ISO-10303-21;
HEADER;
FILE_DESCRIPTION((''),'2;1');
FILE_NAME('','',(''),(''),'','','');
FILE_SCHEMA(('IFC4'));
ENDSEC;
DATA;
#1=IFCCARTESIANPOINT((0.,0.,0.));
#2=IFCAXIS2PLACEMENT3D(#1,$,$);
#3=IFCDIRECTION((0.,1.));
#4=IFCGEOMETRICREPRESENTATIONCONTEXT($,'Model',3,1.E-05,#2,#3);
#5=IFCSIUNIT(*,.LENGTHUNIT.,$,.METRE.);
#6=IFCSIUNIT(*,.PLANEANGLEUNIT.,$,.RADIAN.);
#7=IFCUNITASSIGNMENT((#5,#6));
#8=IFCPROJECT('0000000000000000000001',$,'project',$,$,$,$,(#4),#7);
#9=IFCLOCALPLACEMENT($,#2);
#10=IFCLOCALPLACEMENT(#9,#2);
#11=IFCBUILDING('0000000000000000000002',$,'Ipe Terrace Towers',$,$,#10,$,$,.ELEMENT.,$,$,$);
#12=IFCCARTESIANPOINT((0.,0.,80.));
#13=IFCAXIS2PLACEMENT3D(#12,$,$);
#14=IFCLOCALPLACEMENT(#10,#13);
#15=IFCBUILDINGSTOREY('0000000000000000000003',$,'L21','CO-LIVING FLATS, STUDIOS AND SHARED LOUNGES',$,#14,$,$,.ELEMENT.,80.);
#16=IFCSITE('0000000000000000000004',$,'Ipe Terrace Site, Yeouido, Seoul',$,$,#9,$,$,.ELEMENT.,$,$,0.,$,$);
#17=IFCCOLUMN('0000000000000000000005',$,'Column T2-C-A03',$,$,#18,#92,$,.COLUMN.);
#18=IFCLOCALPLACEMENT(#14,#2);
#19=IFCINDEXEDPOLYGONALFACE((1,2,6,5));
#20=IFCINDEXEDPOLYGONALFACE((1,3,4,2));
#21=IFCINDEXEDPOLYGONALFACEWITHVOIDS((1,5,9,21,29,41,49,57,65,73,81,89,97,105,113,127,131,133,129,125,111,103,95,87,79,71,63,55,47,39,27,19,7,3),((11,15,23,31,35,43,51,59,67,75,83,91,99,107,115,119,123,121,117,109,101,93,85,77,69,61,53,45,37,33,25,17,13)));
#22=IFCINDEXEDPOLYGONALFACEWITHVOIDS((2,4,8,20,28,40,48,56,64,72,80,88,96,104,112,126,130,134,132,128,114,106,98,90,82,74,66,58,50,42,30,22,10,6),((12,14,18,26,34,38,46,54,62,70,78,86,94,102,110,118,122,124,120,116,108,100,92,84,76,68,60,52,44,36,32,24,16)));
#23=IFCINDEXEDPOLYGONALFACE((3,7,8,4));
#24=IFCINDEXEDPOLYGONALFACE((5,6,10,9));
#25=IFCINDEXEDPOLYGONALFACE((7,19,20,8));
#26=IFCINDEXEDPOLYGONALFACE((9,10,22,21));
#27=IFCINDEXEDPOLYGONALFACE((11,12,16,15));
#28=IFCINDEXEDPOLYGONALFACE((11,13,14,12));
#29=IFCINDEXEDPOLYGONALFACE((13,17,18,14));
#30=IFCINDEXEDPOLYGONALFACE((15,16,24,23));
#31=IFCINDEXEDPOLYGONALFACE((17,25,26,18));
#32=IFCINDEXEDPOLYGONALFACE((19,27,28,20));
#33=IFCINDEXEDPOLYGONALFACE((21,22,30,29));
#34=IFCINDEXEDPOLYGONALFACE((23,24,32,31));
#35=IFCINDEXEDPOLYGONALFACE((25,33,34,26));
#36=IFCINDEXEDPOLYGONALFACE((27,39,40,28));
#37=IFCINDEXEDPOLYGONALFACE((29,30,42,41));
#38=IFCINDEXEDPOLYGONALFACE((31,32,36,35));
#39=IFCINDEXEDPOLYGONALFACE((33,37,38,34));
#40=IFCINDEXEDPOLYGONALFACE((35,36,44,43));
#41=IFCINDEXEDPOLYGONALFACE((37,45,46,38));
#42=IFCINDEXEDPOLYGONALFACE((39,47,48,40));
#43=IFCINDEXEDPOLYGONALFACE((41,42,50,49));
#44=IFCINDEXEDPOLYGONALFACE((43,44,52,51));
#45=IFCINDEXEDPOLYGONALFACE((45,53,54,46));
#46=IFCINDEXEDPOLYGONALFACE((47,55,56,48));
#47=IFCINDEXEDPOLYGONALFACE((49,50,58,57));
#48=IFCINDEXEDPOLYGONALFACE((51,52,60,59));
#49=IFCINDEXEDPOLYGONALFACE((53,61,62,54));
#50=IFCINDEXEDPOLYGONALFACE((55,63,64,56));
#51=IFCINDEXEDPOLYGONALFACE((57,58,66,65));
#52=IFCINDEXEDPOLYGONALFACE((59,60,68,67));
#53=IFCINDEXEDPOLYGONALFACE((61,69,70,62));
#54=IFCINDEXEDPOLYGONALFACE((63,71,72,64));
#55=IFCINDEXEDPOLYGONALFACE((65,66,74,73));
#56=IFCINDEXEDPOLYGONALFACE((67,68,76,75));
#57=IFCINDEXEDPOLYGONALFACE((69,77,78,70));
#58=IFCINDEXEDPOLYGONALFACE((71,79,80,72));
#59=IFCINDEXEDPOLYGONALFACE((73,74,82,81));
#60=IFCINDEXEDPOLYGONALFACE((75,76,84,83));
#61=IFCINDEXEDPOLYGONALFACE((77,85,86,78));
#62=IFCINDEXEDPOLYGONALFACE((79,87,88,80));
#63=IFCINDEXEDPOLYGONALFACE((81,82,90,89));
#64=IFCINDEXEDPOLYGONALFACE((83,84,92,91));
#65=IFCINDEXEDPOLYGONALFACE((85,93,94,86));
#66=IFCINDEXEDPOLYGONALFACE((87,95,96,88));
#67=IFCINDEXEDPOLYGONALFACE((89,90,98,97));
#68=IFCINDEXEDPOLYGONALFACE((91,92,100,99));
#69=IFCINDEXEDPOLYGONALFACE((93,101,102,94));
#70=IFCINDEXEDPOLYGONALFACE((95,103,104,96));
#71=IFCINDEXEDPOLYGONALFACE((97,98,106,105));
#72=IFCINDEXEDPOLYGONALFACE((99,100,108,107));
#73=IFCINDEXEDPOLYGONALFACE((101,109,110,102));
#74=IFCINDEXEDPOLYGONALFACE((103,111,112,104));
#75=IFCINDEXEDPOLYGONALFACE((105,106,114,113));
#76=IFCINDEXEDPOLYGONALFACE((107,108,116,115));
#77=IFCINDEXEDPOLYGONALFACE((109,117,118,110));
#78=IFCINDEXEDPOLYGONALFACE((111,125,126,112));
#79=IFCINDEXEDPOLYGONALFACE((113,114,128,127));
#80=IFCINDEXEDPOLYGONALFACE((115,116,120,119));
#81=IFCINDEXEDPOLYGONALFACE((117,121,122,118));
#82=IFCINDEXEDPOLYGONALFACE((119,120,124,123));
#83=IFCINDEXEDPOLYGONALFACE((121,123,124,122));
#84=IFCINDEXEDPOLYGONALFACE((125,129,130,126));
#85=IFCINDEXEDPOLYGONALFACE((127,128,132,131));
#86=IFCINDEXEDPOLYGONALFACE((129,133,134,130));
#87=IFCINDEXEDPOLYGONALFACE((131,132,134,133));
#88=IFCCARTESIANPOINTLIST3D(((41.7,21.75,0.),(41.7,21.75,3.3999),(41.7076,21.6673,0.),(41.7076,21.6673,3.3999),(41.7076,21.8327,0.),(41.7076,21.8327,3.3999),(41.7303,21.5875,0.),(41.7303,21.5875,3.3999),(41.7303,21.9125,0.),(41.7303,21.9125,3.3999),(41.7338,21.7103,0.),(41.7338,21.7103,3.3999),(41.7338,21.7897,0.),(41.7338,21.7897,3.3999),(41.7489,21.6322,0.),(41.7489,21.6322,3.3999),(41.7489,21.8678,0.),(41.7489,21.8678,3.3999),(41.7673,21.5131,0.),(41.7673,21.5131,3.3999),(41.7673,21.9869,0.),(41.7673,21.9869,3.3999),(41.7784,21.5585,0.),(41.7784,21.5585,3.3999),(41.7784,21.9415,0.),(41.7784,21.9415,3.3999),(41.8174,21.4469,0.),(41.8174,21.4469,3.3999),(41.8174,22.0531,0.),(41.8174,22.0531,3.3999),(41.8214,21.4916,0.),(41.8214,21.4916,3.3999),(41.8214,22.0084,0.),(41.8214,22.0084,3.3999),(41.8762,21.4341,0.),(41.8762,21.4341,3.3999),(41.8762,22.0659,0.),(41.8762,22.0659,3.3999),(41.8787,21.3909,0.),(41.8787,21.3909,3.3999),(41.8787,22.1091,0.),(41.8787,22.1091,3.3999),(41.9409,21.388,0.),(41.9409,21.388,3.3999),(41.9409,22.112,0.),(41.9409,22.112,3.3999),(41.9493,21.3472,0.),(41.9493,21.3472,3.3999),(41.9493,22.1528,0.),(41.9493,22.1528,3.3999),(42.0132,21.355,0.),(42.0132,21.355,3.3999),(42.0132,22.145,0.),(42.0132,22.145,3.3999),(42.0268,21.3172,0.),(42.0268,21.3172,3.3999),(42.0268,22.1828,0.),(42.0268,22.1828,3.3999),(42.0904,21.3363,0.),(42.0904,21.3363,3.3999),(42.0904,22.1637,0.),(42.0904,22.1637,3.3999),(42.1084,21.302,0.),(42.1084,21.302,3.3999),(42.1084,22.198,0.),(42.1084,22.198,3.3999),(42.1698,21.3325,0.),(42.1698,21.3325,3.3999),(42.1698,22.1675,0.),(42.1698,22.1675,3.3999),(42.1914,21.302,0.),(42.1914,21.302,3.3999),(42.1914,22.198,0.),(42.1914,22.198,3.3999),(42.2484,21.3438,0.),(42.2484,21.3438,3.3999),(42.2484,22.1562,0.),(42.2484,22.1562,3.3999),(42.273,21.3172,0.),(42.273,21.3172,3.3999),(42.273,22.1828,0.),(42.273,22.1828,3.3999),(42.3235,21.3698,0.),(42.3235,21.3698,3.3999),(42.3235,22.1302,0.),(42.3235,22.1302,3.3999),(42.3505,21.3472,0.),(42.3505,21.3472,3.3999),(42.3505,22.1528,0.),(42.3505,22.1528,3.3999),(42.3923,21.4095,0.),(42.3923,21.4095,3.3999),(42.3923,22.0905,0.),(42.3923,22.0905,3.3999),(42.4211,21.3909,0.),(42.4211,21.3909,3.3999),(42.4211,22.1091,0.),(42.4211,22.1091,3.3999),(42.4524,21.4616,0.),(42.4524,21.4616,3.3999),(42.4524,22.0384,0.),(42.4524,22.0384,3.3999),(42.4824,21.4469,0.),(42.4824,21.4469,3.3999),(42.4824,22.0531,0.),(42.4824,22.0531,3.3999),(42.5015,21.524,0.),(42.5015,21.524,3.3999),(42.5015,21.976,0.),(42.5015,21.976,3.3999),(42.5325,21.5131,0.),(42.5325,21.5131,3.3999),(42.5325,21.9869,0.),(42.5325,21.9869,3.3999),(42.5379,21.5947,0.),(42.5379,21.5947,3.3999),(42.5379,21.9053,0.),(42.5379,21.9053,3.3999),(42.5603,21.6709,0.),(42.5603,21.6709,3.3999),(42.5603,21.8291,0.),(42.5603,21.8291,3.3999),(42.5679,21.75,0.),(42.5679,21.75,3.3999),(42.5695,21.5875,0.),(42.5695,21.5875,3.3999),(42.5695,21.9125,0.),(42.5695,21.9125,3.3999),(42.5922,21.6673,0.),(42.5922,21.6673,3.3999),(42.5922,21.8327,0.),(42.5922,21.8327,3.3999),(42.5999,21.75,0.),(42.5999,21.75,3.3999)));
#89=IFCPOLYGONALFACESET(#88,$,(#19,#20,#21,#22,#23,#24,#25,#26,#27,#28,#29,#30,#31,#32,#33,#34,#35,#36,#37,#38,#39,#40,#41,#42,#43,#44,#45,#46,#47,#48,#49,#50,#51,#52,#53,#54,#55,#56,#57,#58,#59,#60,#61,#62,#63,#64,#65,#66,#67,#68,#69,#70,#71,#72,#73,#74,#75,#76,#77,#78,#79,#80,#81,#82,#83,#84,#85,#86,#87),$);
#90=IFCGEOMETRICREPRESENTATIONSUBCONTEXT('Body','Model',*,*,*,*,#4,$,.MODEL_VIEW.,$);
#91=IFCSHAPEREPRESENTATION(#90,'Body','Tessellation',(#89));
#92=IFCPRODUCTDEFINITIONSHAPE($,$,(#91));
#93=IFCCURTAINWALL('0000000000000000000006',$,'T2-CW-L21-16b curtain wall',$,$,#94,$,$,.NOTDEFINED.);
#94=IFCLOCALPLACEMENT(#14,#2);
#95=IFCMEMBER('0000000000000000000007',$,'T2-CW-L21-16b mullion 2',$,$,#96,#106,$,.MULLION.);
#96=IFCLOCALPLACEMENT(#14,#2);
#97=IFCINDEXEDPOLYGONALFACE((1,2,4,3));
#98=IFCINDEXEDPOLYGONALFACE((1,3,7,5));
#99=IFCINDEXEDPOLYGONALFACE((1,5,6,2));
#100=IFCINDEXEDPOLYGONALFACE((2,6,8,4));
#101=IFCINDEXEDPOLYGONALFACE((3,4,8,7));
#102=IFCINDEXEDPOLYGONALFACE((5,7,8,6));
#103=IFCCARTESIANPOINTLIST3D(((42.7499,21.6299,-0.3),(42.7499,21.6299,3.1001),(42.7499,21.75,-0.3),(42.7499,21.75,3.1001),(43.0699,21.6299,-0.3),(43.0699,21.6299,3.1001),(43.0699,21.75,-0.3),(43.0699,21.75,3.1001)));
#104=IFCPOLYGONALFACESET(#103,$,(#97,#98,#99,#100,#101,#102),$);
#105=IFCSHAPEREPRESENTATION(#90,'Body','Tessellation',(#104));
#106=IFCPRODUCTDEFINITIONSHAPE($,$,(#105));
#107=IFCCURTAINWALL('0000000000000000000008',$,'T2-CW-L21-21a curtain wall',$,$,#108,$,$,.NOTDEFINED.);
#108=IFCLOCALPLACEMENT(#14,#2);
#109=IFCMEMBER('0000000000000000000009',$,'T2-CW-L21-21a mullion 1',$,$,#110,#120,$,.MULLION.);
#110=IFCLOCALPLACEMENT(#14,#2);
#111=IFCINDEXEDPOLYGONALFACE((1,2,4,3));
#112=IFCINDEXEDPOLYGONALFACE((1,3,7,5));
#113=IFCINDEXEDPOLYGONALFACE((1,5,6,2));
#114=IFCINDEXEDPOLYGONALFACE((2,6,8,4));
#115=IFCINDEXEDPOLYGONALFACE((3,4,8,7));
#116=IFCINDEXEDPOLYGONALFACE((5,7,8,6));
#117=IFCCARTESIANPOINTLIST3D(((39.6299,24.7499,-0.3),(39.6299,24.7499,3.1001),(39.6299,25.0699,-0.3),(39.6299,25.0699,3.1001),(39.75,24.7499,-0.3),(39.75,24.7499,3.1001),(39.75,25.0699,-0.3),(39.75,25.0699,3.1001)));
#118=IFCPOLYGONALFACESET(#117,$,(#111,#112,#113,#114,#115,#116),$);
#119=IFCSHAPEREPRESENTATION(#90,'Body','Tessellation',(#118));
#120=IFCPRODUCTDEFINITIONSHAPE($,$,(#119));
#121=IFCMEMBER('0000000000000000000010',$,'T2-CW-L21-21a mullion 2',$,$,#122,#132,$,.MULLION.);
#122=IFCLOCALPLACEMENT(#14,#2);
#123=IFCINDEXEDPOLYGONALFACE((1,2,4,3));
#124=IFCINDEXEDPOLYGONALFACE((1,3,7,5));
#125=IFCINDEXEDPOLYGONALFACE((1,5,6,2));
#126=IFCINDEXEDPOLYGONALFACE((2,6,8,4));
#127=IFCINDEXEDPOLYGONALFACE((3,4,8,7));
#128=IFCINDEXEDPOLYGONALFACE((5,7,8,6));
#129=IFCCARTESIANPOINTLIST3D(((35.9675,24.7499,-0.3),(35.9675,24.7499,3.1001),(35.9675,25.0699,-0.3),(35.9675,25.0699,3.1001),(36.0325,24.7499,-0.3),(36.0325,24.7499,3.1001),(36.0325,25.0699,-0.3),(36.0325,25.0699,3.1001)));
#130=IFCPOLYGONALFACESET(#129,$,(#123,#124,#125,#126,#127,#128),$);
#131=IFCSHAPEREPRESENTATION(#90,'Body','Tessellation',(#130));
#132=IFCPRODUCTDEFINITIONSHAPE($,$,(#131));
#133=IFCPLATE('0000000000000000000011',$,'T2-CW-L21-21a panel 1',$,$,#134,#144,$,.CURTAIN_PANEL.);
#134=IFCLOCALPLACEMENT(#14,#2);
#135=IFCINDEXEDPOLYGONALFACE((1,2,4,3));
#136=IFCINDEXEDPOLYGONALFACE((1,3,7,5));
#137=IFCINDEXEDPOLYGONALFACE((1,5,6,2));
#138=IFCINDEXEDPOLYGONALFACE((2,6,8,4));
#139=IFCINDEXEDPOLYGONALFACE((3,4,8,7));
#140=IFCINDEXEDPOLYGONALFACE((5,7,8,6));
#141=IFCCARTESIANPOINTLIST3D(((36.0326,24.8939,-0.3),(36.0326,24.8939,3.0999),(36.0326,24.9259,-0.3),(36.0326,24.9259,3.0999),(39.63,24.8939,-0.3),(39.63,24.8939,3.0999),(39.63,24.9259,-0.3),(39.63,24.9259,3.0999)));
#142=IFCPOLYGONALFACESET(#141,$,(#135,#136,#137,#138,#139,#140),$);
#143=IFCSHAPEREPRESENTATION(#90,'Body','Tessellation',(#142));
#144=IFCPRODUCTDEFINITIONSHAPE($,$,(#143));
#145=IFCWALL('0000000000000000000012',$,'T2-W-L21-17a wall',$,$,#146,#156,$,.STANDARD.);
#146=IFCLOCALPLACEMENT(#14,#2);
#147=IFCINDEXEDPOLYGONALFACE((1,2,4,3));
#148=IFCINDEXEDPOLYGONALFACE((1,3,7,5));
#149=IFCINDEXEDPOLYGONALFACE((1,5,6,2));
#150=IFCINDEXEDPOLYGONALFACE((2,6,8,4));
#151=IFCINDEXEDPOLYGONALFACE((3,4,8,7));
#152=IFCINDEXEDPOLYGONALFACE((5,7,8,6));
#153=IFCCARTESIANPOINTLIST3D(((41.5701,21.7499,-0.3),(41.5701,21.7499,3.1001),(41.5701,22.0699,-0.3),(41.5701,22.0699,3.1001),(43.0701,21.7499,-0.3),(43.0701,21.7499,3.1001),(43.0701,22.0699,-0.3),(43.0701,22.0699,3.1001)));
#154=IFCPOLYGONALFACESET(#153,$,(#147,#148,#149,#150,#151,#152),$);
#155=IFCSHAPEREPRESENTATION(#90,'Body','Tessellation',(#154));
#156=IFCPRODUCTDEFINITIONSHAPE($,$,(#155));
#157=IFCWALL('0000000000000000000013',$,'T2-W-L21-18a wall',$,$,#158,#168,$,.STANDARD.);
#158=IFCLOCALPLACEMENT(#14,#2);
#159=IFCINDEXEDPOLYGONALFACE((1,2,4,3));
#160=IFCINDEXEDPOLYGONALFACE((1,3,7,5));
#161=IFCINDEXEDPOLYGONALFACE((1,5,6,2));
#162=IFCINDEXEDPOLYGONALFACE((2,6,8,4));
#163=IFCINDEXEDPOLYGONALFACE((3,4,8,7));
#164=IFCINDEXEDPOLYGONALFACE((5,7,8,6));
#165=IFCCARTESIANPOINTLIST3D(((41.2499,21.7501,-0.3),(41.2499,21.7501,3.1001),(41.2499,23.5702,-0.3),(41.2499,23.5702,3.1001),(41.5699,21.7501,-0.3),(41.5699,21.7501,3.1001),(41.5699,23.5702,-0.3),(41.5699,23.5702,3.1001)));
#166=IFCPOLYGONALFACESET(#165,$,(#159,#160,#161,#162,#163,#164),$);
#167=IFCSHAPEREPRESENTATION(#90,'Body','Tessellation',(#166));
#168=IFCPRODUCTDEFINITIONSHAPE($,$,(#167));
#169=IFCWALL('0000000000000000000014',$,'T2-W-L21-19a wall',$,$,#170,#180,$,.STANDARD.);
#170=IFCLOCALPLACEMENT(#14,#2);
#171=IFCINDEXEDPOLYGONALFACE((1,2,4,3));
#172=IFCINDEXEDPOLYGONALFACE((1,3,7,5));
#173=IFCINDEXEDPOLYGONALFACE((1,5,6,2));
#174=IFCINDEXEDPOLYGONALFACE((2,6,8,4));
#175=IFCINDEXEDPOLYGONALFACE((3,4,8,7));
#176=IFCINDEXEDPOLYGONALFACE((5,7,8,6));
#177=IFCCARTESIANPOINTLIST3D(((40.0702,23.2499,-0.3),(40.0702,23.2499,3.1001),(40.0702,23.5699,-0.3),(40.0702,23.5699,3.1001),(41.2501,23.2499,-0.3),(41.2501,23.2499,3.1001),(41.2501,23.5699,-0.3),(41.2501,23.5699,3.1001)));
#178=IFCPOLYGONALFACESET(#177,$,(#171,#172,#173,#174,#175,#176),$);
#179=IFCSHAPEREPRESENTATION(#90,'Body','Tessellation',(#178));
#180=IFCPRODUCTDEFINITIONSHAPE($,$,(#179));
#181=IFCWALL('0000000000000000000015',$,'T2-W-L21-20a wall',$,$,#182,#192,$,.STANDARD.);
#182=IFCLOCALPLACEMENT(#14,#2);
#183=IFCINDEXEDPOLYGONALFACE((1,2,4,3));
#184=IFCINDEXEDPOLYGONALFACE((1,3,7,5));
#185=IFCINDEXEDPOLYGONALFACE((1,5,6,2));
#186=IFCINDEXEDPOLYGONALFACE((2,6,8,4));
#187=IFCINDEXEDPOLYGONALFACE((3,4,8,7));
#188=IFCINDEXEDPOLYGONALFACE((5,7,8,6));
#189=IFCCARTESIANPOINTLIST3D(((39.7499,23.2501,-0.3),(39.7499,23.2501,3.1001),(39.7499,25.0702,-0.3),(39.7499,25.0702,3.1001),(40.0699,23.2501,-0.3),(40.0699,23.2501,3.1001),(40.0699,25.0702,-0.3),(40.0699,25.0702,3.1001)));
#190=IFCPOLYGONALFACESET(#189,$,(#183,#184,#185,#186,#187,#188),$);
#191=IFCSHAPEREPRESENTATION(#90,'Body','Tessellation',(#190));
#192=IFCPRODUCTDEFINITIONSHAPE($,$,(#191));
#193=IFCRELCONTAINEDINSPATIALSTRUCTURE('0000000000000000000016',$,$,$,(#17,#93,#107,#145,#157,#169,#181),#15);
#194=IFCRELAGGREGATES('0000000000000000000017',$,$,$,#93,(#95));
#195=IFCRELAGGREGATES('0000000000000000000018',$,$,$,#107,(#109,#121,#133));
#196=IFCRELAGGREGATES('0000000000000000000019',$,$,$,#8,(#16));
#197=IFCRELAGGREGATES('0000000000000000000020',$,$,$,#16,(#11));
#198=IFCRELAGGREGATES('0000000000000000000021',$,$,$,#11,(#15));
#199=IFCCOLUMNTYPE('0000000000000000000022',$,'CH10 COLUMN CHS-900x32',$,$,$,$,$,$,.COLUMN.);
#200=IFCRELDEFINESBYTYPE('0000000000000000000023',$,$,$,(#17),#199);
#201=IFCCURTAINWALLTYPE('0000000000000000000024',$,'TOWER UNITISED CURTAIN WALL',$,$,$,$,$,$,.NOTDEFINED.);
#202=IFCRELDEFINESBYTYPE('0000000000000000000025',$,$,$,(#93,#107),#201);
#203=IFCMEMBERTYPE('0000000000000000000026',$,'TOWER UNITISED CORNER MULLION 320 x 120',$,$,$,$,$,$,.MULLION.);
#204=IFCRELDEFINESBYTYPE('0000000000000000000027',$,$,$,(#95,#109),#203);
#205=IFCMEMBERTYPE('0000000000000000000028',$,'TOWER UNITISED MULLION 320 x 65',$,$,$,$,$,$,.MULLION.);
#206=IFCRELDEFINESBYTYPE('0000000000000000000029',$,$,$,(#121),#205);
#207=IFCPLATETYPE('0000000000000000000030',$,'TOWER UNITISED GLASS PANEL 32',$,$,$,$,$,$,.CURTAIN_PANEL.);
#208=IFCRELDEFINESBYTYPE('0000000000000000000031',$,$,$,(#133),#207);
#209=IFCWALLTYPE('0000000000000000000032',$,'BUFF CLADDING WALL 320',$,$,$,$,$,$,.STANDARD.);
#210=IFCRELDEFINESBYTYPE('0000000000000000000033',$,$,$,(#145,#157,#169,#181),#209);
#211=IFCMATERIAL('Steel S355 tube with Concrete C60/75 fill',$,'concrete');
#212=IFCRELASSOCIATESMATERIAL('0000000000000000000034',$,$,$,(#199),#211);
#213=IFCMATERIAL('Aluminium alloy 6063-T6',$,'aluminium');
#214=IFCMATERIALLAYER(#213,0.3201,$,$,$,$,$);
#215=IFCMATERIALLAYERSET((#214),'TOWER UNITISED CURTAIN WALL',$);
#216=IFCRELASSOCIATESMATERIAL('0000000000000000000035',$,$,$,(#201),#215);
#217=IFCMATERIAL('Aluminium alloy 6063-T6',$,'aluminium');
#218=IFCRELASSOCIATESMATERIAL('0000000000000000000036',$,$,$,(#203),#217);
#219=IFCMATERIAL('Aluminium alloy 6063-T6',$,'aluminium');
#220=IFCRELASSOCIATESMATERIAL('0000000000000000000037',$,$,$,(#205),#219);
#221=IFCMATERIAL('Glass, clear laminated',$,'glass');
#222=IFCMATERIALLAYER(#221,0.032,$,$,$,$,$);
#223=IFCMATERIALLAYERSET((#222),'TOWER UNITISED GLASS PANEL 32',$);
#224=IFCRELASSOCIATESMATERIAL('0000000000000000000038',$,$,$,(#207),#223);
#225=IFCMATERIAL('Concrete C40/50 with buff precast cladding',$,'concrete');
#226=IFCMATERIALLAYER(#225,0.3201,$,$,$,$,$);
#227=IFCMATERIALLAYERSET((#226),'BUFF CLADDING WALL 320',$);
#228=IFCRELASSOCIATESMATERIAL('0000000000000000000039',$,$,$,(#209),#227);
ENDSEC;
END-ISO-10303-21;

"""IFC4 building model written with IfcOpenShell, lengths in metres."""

from ifc_helpers import new_model, si_unit, direction, frame, frame_2d, origin, origin_2d, place, context, subcontext, project, spatial, rectangle, hollow_circle, extrude, material, layer, layer_set, material_profile, profile_set, type_object, element, aggregate, save


model = new_model("IFC4")

# Units and contexts
model_context = context("Model", 3, precision=1e-05, world=origin(), true_north=direction((0.0, 1.0)))
body_context = subcontext(model_context, "Body", "Model", "MODEL_VIEW")
ifc_project = project(units=[si_unit("LENGTHUNIT", "METRE"), si_unit("PLANEANGLEUNIT", "RADIAN")], contexts=[model_context])

# Site, building, storey
site_placement = place(None, origin())
site = spatial("IfcSite", under=ifc_project, at=site_placement, Name="Ipe Terrace Site, Yeouido, Seoul", CompositionType="ELEMENT", RefElevation=0.0)
building_placement = place(site_placement, origin())
building = spatial("IfcBuilding", under=site, at=building_placement, Name="Ipe Terrace Towers", CompositionType="ELEMENT")
storey_placement = place(building_placement, frame((0.0, 0.0, 80.0)))
storey = spatial("IfcBuildingStorey", under=building, at=storey_placement, Name="L21", Description="CO-LIVING FLATS, STUDIOS AND SHARED LOUNGES", CompositionType="ELEMENT", Elevation=80.0)

# Column
ifc_material_1 = material(Name="Steel S355 tube with Concrete C60/75 fill", Category="concrete")
ifc_material_profile_1 = material_profile(ifc_material_1, hollow_circle(Radius=0.45, WallThickness=0.032, at=origin_2d()), Name="CHS-900x32")
ifc_profile_set_1 = profile_set([ifc_material_profile_1], Name="Steel S355 tube with Concrete C60/75 fill")
column_type = type_object("IfcColumnType", Name="CH10 COLUMN CHS-900x32", PredefinedType="COLUMN", material=ifc_profile_set_1)
column_placement = place(storey_placement, frame((42.1499, 21.75, 0.0), z_axis=(0.0, 0.0, 1.0), x_axis=(1.0, 0.0, 0.0)))
element("IfcColumn", 1, at=column_placement, inside=storey, type_object=column_type, Name="Column T2-C-A03", PredefinedType="COLUMN", context=body_context, shape_type="SweptSolid", body=[
    extrude(hollow_circle(Radius=0.45, WallThickness=0.032, at=origin_2d()), origin(), (0.0, 0.0, 1.0), 3.3999),
])

# Curtain wall, member
ifc_material_2 = material(Name="Aluminium alloy 6063-T6", Category="aluminium")
ifc_layer_1 = layer(ifc_material_2, 0.3201)
ifc_layer_set_1 = layer_set([ifc_layer_1], Name="TOWER UNITISED CURTAIN WALL")
curtain_wall_type = type_object("IfcCurtainWallType", Name="TOWER UNITISED CURTAIN WALL", PredefinedType="NOTDEFINED", material=ifc_layer_set_1)
curtain_wall_1_placement = place(storey_placement, origin())
curtain_wall_1 = element("IfcCurtainWall", 2, at=curtain_wall_1_placement, inside=storey, type_object=curtain_wall_type, Name="T2-CW-L21-16b curtain wall", PredefinedType="NOTDEFINED")
ifc_material_3 = material(Name="Aluminium alloy 6063-T6", Category="aluminium")
ifc_material_profile_2 = material_profile(ifc_material_3, rectangle(XDim=0.3201, YDim=0.1201, at=origin_2d()), Name="TOWER UNITISED CORNER MULLION 320 x 120")
ifc_profile_set_2 = profile_set([ifc_material_profile_2], Name="Aluminium alloy 6063-T6")
member_type_1 = type_object("IfcMemberType", Name="TOWER UNITISED CORNER MULLION 320 x 120", PredefinedType="MULLION", material=ifc_profile_set_2)
member_1_placement = place(storey_placement, frame((42.9099, 21.6899, -0.3), z_axis=(0.0, 0.0, 1.0), x_axis=(1.0, 0.0, 0.0)))
member_1 = element("IfcMember", 3, at=member_1_placement, type_object=member_type_1, Name="T2-CW-L21-16b mullion 2", PredefinedType="MULLION", context=body_context, shape_type="SweptSolid", body=[
    extrude(rectangle(XDim=0.3201, YDim=0.1201, at=origin_2d()), origin(), (0.0, 0.0, 1.0), 3.4001),
])
aggregate(curtain_wall_1, [member_1])

# Curtain wall, members, plate
curtain_wall_2_placement = place(storey_placement, origin())
curtain_wall_2 = element("IfcCurtainWall", 4, at=curtain_wall_2_placement, inside=storey, type_object=curtain_wall_type, Name="T2-CW-L21-21a curtain wall", PredefinedType="NOTDEFINED")
member_2_placement = place(storey_placement, frame((39.6899, 24.9099, -0.3), z_axis=(0.0, 0.0, 1.0), x_axis=(0.0, 1.0, 0.0)))
member_2 = element("IfcMember", 5, at=member_2_placement, type_object=member_type_1, Name="T2-CW-L21-21a mullion 1", PredefinedType="MULLION", context=body_context, shape_type="SweptSolid", body=[
    extrude(rectangle(XDim=0.3201, YDim=0.1201, at=origin_2d()), origin(), (0.0, 0.0, 1.0), 3.4001),
])
ifc_material_4 = material(Name="Aluminium alloy 6063-T6", Category="aluminium")
ifc_material_profile_3 = material_profile(ifc_material_4, rectangle(XDim=0.3201, YDim=0.0649, at=origin_2d()), Name="TOWER UNITISED MULLION 320 x 65")
ifc_profile_set_3 = profile_set([ifc_material_profile_3], Name="Aluminium alloy 6063-T6")
member_type_2 = type_object("IfcMemberType", Name="TOWER UNITISED MULLION 320 x 65", PredefinedType="MULLION", material=ifc_profile_set_3)
member_3_placement = place(storey_placement, frame((36.0, 24.9099, -0.3), z_axis=(0.0, 0.0, 1.0), x_axis=(0.0, 1.0, 0.0)))
member_3 = element("IfcMember", 6, at=member_3_placement, type_object=member_type_2, Name="T2-CW-L21-21a mullion 2", PredefinedType="MULLION", context=body_context, shape_type="SweptSolid", body=[
    extrude(rectangle(XDim=0.3201, YDim=0.0649, at=origin_2d()), origin(), (0.0, 0.0, 1.0), 3.4001),
])
ifc_material_5 = material(Name="Glass, clear laminated", Category="glass")
ifc_layer_2 = layer(ifc_material_5, 0.032)
ifc_layer_set_2 = layer_set([ifc_layer_2], Name="TOWER UNITISED GLASS PANEL 32")
plate_type = type_object("IfcPlateType", Name="TOWER UNITISED GLASS PANEL 32", PredefinedType="CURTAIN_PANEL", material=ifc_layer_set_2)
plate_placement = place(storey_placement, frame((37.8313, 24.9099, -0.3), z_axis=(0.0, 0.0, 1.0), x_axis=(-1.0, 0.0, 0.0)))
plate = element("IfcPlate", 7, at=plate_placement, type_object=plate_type, Name="T2-CW-L21-21a panel 1", PredefinedType="CURTAIN_PANEL", context=body_context, shape_type="SweptSolid", body=[
    extrude(rectangle(XDim=3.5974, YDim=0.032, at=origin_2d()), origin(), (0.0, 0.0, 1.0), 3.3999),
])
aggregate(curtain_wall_2, [member_2, member_3, plate])

# Walls
ifc_material_6 = material(Name="Concrete C40/50 with buff precast cladding", Category="concrete")
ifc_layer_3 = layer(ifc_material_6, 0.3201)
ifc_layer_set_3 = layer_set([ifc_layer_3], Name="BUFF CLADDING WALL 320")
wall_type_1 = type_object("IfcWallType", Name="BUFF CLADDING WALL 320", PredefinedType="STANDARD", material=ifc_layer_set_3)
wall_1_placement = place(storey_placement, frame((43.0701, 21.9099, -0.3), z_axis=(0.0, 0.0, 1.0), x_axis=(-1.0, 0.0, 0.0)))
element("IfcWall", 8, at=wall_1_placement, inside=storey, type_object=wall_type_1, Name="T2-W-L21-17a wall", PredefinedType="STANDARD", context=body_context, shape_type="SweptSolid", body=[
    extrude(rectangle(XDim=1.5, YDim=0.3201, at=frame_2d((0.75, 0.0))), origin(), (0.0, 0.0, 1.0), 3.4001),
])
wall_2_placement = place(storey_placement, frame((41.4099, 21.75, -0.3), z_axis=(0.0, 0.0, 1.0), x_axis=(0.0, 1.0, 0.0)))
element("IfcWall", 9, at=wall_2_placement, inside=storey, type_object=wall_type_1, Name="T2-W-L21-18a wall", PredefinedType="STANDARD", context=body_context, shape_type="SweptSolid", body=[
    extrude(rectangle(XDim=1.8201, YDim=0.3201, at=frame_2d((0.9102, 0.0))), origin(), (0.0, 0.0, 1.0), 3.4001),
])
wall_3_placement = place(storey_placement, frame((41.25, 23.4099, -0.3), z_axis=(0.0, 0.0, 1.0), x_axis=(-1.0, 0.0, 0.0)))
element("IfcWall", 10, at=wall_3_placement, inside=storey, type_object=wall_type_1, Name="T2-W-L21-19a wall", PredefinedType="STANDARD", context=body_context, shape_type="SweptSolid", body=[
    extrude(rectangle(XDim=1.1799, YDim=0.3201, at=frame_2d((0.5898, 0.0))), origin(), (0.0, 0.0, 1.0), 3.4001),
])
wall_4_placement = place(storey_placement, frame((39.9099, 23.25, -0.3), z_axis=(0.0, 0.0, 1.0), x_axis=(0.0, 1.0, 0.0)))
element("IfcWall", 11, at=wall_4_placement, inside=storey, type_object=wall_type_1, Name="T2-W-L21-20a wall", PredefinedType="STANDARD", context=body_context, shape_type="SweptSolid", body=[
    extrude(rectangle(XDim=1.8201, YDim=0.3201, at=frame_2d((0.9102, 0.0))), origin(), (0.0, 0.0, 1.0), 3.4001),
])

save(model, "model.ifc")
